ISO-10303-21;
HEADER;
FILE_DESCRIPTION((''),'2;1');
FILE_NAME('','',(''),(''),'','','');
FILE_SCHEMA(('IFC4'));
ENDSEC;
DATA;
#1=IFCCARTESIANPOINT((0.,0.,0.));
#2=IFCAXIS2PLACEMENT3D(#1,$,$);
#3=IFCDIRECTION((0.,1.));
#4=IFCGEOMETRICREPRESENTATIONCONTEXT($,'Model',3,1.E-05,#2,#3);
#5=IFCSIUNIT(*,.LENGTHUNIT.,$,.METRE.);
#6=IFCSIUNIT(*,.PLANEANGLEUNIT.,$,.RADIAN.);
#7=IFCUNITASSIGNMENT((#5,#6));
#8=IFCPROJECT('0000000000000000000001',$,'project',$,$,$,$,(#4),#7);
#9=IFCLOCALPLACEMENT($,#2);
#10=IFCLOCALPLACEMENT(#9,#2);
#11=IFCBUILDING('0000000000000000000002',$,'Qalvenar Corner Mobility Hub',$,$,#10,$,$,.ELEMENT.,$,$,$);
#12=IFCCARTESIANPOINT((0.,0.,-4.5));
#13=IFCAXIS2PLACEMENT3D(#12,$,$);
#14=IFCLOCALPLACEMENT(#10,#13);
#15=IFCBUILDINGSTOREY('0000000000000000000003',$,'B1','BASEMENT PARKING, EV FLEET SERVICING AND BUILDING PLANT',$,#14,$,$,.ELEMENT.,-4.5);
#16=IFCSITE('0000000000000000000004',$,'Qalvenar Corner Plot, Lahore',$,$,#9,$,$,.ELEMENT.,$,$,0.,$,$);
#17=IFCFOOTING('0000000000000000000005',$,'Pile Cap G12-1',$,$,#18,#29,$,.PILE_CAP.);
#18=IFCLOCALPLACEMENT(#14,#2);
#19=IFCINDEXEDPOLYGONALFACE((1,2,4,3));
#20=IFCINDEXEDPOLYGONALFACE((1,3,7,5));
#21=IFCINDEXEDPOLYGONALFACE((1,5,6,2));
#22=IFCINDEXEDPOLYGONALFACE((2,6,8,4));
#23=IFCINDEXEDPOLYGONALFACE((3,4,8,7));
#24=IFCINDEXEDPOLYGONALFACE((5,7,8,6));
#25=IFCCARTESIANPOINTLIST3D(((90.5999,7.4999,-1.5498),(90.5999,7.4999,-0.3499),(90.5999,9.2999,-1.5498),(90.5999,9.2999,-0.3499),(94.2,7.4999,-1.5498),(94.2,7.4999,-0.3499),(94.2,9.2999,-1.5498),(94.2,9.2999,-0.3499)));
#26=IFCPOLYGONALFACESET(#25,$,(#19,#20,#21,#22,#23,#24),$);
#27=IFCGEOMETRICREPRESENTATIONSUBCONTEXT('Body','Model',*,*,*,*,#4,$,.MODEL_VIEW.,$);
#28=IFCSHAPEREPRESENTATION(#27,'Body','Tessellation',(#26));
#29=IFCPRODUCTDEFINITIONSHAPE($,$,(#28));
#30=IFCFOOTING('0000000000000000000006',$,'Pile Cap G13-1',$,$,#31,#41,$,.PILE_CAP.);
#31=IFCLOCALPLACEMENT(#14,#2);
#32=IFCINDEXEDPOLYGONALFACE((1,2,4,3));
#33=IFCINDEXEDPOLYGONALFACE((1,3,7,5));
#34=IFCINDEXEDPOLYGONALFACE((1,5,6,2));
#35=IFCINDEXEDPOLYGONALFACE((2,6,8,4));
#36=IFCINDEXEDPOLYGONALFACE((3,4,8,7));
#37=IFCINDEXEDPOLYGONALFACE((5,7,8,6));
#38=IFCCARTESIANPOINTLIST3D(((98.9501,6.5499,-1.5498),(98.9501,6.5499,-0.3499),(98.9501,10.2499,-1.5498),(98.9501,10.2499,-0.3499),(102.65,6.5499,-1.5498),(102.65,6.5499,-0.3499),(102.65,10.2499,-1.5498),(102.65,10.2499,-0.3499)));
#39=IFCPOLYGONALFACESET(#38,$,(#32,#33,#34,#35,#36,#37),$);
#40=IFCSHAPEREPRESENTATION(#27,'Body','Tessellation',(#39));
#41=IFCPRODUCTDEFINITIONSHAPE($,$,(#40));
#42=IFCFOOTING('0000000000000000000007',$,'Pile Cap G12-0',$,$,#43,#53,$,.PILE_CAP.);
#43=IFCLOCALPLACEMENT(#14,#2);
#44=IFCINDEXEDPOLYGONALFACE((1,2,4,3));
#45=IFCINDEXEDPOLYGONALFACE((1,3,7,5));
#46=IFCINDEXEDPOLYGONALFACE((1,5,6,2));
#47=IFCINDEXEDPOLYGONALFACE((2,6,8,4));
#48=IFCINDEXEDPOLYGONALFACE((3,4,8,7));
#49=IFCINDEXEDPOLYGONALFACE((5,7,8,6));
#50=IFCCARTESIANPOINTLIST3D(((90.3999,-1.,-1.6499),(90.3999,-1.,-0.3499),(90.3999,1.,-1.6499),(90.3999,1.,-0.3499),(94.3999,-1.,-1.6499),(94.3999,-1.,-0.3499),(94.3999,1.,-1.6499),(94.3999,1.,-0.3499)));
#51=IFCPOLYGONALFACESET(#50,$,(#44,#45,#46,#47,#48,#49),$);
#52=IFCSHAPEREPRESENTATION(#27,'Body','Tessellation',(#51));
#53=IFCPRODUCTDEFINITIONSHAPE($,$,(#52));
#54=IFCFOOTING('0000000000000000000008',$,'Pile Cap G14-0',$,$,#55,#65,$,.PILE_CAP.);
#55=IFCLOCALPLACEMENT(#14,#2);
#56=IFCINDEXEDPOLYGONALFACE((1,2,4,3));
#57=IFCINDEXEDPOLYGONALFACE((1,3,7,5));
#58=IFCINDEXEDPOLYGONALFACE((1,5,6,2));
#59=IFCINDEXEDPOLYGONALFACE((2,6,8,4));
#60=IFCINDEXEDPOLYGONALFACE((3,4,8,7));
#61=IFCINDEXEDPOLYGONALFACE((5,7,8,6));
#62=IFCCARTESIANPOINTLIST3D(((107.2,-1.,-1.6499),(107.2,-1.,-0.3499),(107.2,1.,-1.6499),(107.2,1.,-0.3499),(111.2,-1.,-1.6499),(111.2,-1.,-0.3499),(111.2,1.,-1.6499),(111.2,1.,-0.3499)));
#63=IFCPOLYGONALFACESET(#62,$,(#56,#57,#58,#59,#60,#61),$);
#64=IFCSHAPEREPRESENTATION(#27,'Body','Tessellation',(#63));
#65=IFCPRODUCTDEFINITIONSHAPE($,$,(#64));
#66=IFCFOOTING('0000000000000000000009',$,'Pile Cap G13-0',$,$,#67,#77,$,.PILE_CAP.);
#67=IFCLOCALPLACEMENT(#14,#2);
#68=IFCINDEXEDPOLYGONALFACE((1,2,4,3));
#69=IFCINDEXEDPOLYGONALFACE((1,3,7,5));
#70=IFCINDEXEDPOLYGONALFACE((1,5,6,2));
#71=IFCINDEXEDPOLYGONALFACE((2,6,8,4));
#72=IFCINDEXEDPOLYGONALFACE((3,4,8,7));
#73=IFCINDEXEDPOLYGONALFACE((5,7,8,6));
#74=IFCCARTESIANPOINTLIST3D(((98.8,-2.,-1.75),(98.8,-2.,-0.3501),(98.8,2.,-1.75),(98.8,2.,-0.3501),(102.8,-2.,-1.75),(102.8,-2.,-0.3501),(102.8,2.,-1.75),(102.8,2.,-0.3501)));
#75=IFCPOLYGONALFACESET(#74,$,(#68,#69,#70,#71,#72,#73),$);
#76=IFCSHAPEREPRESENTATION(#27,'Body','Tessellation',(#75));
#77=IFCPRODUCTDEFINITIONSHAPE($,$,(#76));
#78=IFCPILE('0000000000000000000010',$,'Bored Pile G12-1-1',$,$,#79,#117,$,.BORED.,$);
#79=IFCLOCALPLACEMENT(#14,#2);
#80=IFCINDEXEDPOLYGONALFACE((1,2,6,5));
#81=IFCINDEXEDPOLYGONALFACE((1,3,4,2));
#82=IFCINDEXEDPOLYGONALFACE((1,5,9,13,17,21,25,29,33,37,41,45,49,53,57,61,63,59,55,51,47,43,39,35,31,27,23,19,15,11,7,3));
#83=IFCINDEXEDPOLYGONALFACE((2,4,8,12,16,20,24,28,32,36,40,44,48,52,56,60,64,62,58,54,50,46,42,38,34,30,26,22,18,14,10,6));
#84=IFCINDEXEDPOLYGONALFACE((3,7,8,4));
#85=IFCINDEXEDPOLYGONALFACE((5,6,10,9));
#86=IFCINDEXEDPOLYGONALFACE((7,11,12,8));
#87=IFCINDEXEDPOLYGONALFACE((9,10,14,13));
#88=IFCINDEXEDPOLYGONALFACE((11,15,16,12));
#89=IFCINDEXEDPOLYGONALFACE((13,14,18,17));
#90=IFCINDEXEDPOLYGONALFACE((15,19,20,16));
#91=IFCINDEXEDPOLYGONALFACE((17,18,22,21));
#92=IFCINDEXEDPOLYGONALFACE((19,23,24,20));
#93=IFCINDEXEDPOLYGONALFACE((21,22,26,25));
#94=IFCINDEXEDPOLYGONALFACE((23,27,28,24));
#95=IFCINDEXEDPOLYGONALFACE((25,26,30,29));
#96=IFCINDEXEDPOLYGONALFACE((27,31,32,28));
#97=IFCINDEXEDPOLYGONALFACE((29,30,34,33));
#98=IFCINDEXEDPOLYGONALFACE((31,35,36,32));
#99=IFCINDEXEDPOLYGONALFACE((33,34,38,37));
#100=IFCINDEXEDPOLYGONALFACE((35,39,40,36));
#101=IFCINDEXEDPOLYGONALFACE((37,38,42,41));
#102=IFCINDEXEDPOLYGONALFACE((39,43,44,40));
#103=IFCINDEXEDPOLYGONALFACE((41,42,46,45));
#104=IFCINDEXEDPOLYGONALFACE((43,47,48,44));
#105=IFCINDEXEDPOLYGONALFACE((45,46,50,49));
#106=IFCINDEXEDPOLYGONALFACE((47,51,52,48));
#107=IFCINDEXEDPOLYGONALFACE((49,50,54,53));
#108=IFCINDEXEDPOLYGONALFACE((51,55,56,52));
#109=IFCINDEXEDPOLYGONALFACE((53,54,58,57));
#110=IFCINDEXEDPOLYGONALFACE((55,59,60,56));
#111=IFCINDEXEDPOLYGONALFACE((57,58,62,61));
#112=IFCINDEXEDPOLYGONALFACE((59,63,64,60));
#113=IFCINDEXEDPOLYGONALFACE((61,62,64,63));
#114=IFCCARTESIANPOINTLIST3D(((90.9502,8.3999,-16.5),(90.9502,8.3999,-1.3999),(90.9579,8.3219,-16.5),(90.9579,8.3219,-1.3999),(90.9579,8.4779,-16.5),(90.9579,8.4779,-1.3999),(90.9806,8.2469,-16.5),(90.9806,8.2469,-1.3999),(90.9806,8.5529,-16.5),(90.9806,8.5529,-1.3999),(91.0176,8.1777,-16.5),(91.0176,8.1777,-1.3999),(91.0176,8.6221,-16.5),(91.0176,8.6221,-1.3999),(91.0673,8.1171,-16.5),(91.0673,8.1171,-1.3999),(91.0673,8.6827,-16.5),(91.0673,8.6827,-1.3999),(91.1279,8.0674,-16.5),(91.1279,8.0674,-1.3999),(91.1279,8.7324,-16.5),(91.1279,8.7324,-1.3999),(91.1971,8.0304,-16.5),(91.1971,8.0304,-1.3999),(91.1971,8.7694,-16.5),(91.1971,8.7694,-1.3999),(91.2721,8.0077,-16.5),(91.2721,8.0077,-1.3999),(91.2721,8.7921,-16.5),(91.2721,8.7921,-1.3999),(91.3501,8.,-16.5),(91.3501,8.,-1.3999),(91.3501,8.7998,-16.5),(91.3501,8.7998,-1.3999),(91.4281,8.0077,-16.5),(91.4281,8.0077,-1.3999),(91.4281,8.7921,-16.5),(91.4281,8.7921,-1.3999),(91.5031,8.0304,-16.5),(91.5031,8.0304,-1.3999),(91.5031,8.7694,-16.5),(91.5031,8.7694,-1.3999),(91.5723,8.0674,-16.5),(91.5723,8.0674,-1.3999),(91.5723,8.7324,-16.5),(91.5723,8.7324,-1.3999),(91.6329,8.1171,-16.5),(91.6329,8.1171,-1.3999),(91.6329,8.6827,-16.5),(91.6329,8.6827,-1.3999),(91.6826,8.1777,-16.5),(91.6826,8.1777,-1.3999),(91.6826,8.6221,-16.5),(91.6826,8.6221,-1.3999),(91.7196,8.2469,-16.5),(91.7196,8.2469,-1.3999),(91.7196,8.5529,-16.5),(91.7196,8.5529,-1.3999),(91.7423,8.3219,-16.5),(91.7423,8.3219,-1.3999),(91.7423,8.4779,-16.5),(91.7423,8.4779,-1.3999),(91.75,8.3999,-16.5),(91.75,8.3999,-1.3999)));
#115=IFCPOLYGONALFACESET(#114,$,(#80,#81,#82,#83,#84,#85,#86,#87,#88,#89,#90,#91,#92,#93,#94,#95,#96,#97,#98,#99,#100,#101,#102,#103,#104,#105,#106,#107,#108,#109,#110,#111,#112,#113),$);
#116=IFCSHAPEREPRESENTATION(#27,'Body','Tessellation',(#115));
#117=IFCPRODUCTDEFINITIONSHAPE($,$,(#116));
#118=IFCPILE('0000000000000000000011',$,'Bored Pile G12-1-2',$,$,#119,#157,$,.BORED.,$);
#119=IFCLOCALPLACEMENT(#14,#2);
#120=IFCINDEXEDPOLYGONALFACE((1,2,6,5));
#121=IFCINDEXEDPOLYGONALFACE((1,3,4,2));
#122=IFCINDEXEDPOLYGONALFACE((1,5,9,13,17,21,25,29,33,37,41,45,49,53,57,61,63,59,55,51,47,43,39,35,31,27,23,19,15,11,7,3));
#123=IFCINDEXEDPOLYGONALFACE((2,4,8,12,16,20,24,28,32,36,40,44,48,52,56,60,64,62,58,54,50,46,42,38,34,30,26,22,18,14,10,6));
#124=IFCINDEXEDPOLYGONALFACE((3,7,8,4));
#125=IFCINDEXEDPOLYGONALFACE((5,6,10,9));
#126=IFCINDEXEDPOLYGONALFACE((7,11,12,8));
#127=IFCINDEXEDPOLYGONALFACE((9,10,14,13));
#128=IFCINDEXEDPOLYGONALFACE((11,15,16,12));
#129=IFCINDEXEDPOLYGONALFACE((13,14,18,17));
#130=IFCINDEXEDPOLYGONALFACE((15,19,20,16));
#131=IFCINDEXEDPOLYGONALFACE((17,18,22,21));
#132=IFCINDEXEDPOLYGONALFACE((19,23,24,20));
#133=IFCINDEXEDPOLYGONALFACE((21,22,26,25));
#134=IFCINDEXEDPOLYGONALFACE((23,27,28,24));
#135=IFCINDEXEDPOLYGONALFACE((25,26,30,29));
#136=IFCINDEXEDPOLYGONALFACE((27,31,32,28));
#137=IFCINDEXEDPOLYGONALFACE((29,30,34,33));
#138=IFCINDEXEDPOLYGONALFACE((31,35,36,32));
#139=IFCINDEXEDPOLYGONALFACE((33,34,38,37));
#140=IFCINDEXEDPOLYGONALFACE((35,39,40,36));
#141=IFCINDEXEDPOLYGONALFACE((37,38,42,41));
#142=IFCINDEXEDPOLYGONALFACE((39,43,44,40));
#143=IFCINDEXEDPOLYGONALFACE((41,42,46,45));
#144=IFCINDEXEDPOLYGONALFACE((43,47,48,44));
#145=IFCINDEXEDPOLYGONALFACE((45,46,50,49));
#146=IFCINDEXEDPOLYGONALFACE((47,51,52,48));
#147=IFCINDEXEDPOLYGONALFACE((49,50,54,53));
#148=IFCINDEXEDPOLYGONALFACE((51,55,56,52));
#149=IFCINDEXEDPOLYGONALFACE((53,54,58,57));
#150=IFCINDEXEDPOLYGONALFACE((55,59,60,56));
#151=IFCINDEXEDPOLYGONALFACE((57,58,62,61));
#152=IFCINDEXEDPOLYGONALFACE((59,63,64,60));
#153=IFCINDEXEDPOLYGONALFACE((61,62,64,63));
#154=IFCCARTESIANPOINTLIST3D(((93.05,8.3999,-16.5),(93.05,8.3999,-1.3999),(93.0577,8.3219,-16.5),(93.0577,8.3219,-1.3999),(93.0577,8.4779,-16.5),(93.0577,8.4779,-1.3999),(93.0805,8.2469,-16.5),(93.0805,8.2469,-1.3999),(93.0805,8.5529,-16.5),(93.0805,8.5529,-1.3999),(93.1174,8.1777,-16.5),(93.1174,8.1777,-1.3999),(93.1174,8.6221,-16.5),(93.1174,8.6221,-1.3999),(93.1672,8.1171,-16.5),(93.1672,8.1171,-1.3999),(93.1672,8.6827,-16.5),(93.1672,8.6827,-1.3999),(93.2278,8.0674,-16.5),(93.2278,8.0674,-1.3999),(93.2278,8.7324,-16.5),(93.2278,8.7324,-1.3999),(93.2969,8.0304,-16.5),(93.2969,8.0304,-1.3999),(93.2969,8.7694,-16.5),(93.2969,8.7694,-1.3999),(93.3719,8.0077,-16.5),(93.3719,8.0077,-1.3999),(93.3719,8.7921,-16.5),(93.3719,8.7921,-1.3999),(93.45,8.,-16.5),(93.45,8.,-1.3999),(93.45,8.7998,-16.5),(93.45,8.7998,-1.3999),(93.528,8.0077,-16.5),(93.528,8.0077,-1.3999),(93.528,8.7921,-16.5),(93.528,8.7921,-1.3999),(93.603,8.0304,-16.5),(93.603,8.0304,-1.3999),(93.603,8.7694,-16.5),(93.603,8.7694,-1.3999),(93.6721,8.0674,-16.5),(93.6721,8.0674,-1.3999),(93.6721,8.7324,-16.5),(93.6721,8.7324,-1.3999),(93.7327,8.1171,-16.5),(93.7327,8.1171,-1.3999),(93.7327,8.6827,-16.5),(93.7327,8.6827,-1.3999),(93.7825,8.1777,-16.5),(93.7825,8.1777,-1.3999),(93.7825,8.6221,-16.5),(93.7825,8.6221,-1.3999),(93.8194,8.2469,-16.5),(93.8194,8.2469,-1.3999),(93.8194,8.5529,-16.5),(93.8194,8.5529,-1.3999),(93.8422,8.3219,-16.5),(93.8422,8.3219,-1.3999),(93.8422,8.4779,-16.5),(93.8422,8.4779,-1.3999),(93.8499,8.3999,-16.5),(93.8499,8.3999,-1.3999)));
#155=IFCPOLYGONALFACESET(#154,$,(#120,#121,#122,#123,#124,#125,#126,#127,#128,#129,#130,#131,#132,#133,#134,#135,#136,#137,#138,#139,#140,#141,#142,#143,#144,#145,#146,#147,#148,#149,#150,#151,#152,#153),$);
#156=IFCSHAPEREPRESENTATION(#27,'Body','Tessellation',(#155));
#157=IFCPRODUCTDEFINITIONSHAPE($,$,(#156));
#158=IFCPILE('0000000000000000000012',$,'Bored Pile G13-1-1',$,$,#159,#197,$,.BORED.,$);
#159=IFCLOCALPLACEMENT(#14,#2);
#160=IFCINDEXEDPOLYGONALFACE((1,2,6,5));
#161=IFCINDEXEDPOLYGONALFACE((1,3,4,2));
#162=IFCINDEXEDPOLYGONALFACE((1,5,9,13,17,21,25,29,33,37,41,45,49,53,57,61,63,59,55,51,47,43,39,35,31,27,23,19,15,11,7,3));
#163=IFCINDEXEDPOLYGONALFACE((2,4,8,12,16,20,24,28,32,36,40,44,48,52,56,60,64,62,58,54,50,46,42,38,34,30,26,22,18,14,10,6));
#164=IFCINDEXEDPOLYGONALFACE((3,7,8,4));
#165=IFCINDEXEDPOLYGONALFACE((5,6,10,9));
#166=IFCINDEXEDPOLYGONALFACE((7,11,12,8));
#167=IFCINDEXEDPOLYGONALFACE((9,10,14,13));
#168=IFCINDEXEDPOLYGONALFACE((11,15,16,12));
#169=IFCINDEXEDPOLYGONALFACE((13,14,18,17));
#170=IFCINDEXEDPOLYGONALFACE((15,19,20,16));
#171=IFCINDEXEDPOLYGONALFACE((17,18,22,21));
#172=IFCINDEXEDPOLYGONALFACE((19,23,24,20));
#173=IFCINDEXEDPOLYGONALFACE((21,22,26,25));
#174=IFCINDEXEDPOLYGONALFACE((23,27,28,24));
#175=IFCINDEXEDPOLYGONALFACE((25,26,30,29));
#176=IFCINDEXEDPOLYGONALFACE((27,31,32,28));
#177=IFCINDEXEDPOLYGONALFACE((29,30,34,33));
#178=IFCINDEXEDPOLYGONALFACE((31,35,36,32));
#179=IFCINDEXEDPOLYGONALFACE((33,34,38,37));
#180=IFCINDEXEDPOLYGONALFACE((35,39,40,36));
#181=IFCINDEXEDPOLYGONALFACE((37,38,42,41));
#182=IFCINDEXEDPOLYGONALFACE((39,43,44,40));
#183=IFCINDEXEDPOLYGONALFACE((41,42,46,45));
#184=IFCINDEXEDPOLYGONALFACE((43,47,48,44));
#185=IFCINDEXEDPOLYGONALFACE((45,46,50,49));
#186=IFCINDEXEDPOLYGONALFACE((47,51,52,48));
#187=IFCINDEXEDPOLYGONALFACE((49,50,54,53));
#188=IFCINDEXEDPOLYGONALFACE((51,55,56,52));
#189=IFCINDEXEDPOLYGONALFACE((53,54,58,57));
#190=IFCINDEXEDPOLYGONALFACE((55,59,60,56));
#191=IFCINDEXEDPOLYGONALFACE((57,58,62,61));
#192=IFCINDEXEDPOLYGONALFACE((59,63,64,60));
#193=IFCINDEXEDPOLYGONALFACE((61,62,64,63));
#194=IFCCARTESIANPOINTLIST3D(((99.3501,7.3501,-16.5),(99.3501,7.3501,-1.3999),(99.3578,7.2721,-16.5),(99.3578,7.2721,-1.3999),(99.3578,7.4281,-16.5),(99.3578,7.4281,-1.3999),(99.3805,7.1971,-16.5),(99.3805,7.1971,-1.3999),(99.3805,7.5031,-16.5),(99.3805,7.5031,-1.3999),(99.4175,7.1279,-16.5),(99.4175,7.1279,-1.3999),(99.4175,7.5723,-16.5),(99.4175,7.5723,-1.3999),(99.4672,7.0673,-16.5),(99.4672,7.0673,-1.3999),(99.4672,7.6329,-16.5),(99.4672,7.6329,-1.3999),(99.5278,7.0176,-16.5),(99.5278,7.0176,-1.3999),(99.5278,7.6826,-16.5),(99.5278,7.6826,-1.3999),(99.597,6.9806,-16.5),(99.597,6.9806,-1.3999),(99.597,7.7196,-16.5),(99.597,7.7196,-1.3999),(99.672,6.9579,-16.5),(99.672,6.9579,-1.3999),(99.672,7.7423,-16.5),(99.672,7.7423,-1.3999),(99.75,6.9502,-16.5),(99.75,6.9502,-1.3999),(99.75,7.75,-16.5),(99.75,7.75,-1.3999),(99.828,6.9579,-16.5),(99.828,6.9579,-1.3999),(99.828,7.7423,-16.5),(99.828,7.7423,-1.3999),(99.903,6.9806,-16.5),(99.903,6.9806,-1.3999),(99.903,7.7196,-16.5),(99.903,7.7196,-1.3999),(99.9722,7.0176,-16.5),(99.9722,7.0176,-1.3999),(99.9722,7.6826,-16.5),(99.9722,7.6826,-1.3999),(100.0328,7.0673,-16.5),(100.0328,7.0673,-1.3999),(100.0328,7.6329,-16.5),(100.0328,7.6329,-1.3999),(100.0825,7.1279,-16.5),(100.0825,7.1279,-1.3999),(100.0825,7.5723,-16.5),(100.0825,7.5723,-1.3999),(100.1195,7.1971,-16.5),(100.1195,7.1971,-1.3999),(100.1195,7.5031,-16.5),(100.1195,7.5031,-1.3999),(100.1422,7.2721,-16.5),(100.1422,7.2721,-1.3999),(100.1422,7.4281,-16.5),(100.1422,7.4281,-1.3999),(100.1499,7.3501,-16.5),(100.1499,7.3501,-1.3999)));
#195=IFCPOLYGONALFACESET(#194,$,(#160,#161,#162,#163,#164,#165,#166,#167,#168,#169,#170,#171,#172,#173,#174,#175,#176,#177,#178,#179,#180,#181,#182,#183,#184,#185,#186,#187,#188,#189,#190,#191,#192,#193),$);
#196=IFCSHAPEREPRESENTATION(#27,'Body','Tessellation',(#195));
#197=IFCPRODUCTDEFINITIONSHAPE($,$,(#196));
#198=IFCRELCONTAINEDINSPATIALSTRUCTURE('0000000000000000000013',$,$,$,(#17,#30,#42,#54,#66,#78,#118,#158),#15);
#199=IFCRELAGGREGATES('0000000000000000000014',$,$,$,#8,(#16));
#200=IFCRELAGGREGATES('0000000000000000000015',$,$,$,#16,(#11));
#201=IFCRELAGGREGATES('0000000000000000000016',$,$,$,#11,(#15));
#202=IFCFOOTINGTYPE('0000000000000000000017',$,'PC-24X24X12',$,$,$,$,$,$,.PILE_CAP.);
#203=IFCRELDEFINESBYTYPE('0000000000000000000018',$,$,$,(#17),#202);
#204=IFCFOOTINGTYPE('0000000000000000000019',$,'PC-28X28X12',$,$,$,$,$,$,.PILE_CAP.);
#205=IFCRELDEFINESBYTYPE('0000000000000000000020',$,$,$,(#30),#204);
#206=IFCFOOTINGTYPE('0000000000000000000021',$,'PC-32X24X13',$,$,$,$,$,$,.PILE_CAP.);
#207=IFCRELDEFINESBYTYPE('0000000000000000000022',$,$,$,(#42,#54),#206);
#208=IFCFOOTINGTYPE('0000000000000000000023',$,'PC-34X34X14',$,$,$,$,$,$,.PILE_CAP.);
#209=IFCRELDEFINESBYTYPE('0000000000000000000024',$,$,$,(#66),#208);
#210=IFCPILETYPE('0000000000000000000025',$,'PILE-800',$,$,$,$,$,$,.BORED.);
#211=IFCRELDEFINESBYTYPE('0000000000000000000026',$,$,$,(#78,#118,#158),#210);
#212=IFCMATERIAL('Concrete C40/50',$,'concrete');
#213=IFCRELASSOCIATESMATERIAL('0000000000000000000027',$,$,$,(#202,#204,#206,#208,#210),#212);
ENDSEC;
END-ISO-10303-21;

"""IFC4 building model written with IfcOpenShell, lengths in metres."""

from ifc_helpers import new_model, si_unit, direction, frame, origin, origin_2d, place, context, subcontext, project, spatial, rectangle, circle, extrude, material, material_profile, profile_set, type_object, element, save


model = new_model("IFC4")

# Units and contexts
model_context = context("Model", 3, precision=1e-05, world=origin(), true_north=direction((0.0, 1.0)))
body_context = subcontext(model_context, "Body", "Model", "MODEL_VIEW")
ifc_project = project(units=[si_unit("LENGTHUNIT", "METRE"), si_unit("PLANEANGLEUNIT", "RADIAN")], contexts=[model_context])

# Site, building, storey
site_placement = place(None, origin())
site = spatial("IfcSite", under=ifc_project, at=site_placement, Name="Qalvenar Corner Plot, Lahore", CompositionType="ELEMENT", RefElevation=0.0)
building_placement = place(site_placement, origin())
building = spatial("IfcBuilding", under=site, at=building_placement, Name="Qalvenar Corner Mobility Hub", CompositionType="ELEMENT")
storey_placement = place(building_placement, frame((0.0, 0.0, -4.5)))
storey = spatial("IfcBuildingStorey", under=building, at=storey_placement, Name="B1", Description="BASEMENT PARKING, EV FLEET SERVICING AND BUILDING PLANT", CompositionType="ELEMENT", Elevation=-4.5)

# Footings
ifc_material_1 = material(Name="Concrete C40/50", Category="concrete")
footing_type_1 = type_object("IfcFootingType", Name="PC-24X24X12", PredefinedType="PILE_CAP", material=ifc_material_1)
footing_1_placement = place(storey_placement, frame((92.3999, 8.3999, -1.5498), z_axis=(0.0, 0.0, 1.0), x_axis=(1.0, 0.0, 0.0)))
element("IfcFooting", 1, at=footing_1_placement, inside=storey, type_object=footing_type_1, Name="Pile Cap G12-1", PredefinedType="PILE_CAP", context=body_context, shape_type="SweptSolid", body=[
    extrude(rectangle(XDim=3.6001, YDim=1.8, at=origin_2d()), origin(), (0.0, 0.0, 1.0), 1.2),
])
footing_type_2 = type_object("IfcFootingType", Name="PC-28X28X12", PredefinedType="PILE_CAP", material=ifc_material_1)
footing_2_placement = place(storey_placement, frame((100.8, 8.3999, -1.5498), z_axis=(0.0, 0.0, 1.0), x_axis=(1.0, 0.0, 0.0)))
element("IfcFooting", 2, at=footing_2_placement, inside=storey, type_object=footing_type_2, Name="Pile Cap G13-1", PredefinedType="PILE_CAP", context=body_context, shape_type="SweptSolid", body=[
    extrude(rectangle(XDim=3.7, YDim=3.7, at=origin_2d()), origin(), (0.0, 0.0, 1.0), 1.2),
])
footing_type_3 = type_object("IfcFootingType", Name="PC-32X24X13", PredefinedType="PILE_CAP", material=ifc_material_1)
for number, where, z_axis, x_axis, name in (
    (3, (92.3999, 0.0, -1.6499), (0.0, 0.0, 1.0), (1.0, 0.0, 0.0), "Pile Cap G12-0"),
    (4, (109.2, 0.0, -1.6499), (0.0, 0.0, 1.0), (1.0, 0.0, 0.0), "Pile Cap G14-0"),
):
    element("IfcFooting", number, at=place(storey_placement, frame(where, z_axis=z_axis, x_axis=x_axis)), inside=storey, type_object=footing_type_3, Name=name, PredefinedType="PILE_CAP", context=body_context, shape_type="SweptSolid", body=[
        extrude(rectangle(XDim=4.0, YDim=2.0, at=origin_2d()), origin(), (0.0, 0.0, 1.0), 1.3),
    ])
footing_type_4 = type_object("IfcFootingType", Name="PC-34X34X14", PredefinedType="PILE_CAP", material=ifc_material_1)
footing_3_placement = place(storey_placement, frame((100.8, 0.0, -1.75), z_axis=(0.0, 0.0, 1.0), x_axis=(1.0, 0.0, 0.0)))
element("IfcFooting", 5, at=footing_3_placement, inside=storey, type_object=footing_type_4, Name="Pile Cap G13-0", PredefinedType="PILE_CAP", context=body_context, shape_type="SweptSolid", body=[
    extrude(rectangle(XDim=4.0, YDim=4.0, at=origin_2d()), origin(), (0.0, 0.0, 1.0), 1.3999),
])

# Piles
ifc_material_profile_1 = material_profile(ifc_material_1, circle(Radius=0.3999, at=origin_2d()), Name="DIA800")
ifc_profile_set_1 = profile_set([ifc_material_profile_1], Name="Concrete C40/50")
pile_type_1 = type_object("IfcPileType", Name="PILE-800", PredefinedType="BORED", material=ifc_profile_set_1)
for number, where, z_axis, x_axis, name in (
    (6, (91.3501, 8.3999, -1.3999), (0.0, 0.0, -1.0), (1.0, 0.0, 0.0), "Bored Pile G12-1-1"),
    (7, (93.45, 8.3999, -1.3999), (0.0, 0.0, -1.0), (1.0, 0.0, 0.0), "Bored Pile G12-1-2"),
    (8, (99.75, 7.3501, -1.3999), (0.0, 0.0, -1.0), (1.0, 0.0, 0.0), "Bored Pile G13-1-1"),
):
    element("IfcPile", number, at=place(storey_placement, frame(where, z_axis=z_axis, x_axis=x_axis)), inside=storey, type_object=pile_type_1, Name=name, PredefinedType="BORED", context=body_context, shape_type="SweptSolid", body=[
        extrude(circle(Radius=0.3999, at=origin_2d()), origin(), (0.0, 0.0, 1.0), 15.1001),
    ])

save(model, "model.ifc")
